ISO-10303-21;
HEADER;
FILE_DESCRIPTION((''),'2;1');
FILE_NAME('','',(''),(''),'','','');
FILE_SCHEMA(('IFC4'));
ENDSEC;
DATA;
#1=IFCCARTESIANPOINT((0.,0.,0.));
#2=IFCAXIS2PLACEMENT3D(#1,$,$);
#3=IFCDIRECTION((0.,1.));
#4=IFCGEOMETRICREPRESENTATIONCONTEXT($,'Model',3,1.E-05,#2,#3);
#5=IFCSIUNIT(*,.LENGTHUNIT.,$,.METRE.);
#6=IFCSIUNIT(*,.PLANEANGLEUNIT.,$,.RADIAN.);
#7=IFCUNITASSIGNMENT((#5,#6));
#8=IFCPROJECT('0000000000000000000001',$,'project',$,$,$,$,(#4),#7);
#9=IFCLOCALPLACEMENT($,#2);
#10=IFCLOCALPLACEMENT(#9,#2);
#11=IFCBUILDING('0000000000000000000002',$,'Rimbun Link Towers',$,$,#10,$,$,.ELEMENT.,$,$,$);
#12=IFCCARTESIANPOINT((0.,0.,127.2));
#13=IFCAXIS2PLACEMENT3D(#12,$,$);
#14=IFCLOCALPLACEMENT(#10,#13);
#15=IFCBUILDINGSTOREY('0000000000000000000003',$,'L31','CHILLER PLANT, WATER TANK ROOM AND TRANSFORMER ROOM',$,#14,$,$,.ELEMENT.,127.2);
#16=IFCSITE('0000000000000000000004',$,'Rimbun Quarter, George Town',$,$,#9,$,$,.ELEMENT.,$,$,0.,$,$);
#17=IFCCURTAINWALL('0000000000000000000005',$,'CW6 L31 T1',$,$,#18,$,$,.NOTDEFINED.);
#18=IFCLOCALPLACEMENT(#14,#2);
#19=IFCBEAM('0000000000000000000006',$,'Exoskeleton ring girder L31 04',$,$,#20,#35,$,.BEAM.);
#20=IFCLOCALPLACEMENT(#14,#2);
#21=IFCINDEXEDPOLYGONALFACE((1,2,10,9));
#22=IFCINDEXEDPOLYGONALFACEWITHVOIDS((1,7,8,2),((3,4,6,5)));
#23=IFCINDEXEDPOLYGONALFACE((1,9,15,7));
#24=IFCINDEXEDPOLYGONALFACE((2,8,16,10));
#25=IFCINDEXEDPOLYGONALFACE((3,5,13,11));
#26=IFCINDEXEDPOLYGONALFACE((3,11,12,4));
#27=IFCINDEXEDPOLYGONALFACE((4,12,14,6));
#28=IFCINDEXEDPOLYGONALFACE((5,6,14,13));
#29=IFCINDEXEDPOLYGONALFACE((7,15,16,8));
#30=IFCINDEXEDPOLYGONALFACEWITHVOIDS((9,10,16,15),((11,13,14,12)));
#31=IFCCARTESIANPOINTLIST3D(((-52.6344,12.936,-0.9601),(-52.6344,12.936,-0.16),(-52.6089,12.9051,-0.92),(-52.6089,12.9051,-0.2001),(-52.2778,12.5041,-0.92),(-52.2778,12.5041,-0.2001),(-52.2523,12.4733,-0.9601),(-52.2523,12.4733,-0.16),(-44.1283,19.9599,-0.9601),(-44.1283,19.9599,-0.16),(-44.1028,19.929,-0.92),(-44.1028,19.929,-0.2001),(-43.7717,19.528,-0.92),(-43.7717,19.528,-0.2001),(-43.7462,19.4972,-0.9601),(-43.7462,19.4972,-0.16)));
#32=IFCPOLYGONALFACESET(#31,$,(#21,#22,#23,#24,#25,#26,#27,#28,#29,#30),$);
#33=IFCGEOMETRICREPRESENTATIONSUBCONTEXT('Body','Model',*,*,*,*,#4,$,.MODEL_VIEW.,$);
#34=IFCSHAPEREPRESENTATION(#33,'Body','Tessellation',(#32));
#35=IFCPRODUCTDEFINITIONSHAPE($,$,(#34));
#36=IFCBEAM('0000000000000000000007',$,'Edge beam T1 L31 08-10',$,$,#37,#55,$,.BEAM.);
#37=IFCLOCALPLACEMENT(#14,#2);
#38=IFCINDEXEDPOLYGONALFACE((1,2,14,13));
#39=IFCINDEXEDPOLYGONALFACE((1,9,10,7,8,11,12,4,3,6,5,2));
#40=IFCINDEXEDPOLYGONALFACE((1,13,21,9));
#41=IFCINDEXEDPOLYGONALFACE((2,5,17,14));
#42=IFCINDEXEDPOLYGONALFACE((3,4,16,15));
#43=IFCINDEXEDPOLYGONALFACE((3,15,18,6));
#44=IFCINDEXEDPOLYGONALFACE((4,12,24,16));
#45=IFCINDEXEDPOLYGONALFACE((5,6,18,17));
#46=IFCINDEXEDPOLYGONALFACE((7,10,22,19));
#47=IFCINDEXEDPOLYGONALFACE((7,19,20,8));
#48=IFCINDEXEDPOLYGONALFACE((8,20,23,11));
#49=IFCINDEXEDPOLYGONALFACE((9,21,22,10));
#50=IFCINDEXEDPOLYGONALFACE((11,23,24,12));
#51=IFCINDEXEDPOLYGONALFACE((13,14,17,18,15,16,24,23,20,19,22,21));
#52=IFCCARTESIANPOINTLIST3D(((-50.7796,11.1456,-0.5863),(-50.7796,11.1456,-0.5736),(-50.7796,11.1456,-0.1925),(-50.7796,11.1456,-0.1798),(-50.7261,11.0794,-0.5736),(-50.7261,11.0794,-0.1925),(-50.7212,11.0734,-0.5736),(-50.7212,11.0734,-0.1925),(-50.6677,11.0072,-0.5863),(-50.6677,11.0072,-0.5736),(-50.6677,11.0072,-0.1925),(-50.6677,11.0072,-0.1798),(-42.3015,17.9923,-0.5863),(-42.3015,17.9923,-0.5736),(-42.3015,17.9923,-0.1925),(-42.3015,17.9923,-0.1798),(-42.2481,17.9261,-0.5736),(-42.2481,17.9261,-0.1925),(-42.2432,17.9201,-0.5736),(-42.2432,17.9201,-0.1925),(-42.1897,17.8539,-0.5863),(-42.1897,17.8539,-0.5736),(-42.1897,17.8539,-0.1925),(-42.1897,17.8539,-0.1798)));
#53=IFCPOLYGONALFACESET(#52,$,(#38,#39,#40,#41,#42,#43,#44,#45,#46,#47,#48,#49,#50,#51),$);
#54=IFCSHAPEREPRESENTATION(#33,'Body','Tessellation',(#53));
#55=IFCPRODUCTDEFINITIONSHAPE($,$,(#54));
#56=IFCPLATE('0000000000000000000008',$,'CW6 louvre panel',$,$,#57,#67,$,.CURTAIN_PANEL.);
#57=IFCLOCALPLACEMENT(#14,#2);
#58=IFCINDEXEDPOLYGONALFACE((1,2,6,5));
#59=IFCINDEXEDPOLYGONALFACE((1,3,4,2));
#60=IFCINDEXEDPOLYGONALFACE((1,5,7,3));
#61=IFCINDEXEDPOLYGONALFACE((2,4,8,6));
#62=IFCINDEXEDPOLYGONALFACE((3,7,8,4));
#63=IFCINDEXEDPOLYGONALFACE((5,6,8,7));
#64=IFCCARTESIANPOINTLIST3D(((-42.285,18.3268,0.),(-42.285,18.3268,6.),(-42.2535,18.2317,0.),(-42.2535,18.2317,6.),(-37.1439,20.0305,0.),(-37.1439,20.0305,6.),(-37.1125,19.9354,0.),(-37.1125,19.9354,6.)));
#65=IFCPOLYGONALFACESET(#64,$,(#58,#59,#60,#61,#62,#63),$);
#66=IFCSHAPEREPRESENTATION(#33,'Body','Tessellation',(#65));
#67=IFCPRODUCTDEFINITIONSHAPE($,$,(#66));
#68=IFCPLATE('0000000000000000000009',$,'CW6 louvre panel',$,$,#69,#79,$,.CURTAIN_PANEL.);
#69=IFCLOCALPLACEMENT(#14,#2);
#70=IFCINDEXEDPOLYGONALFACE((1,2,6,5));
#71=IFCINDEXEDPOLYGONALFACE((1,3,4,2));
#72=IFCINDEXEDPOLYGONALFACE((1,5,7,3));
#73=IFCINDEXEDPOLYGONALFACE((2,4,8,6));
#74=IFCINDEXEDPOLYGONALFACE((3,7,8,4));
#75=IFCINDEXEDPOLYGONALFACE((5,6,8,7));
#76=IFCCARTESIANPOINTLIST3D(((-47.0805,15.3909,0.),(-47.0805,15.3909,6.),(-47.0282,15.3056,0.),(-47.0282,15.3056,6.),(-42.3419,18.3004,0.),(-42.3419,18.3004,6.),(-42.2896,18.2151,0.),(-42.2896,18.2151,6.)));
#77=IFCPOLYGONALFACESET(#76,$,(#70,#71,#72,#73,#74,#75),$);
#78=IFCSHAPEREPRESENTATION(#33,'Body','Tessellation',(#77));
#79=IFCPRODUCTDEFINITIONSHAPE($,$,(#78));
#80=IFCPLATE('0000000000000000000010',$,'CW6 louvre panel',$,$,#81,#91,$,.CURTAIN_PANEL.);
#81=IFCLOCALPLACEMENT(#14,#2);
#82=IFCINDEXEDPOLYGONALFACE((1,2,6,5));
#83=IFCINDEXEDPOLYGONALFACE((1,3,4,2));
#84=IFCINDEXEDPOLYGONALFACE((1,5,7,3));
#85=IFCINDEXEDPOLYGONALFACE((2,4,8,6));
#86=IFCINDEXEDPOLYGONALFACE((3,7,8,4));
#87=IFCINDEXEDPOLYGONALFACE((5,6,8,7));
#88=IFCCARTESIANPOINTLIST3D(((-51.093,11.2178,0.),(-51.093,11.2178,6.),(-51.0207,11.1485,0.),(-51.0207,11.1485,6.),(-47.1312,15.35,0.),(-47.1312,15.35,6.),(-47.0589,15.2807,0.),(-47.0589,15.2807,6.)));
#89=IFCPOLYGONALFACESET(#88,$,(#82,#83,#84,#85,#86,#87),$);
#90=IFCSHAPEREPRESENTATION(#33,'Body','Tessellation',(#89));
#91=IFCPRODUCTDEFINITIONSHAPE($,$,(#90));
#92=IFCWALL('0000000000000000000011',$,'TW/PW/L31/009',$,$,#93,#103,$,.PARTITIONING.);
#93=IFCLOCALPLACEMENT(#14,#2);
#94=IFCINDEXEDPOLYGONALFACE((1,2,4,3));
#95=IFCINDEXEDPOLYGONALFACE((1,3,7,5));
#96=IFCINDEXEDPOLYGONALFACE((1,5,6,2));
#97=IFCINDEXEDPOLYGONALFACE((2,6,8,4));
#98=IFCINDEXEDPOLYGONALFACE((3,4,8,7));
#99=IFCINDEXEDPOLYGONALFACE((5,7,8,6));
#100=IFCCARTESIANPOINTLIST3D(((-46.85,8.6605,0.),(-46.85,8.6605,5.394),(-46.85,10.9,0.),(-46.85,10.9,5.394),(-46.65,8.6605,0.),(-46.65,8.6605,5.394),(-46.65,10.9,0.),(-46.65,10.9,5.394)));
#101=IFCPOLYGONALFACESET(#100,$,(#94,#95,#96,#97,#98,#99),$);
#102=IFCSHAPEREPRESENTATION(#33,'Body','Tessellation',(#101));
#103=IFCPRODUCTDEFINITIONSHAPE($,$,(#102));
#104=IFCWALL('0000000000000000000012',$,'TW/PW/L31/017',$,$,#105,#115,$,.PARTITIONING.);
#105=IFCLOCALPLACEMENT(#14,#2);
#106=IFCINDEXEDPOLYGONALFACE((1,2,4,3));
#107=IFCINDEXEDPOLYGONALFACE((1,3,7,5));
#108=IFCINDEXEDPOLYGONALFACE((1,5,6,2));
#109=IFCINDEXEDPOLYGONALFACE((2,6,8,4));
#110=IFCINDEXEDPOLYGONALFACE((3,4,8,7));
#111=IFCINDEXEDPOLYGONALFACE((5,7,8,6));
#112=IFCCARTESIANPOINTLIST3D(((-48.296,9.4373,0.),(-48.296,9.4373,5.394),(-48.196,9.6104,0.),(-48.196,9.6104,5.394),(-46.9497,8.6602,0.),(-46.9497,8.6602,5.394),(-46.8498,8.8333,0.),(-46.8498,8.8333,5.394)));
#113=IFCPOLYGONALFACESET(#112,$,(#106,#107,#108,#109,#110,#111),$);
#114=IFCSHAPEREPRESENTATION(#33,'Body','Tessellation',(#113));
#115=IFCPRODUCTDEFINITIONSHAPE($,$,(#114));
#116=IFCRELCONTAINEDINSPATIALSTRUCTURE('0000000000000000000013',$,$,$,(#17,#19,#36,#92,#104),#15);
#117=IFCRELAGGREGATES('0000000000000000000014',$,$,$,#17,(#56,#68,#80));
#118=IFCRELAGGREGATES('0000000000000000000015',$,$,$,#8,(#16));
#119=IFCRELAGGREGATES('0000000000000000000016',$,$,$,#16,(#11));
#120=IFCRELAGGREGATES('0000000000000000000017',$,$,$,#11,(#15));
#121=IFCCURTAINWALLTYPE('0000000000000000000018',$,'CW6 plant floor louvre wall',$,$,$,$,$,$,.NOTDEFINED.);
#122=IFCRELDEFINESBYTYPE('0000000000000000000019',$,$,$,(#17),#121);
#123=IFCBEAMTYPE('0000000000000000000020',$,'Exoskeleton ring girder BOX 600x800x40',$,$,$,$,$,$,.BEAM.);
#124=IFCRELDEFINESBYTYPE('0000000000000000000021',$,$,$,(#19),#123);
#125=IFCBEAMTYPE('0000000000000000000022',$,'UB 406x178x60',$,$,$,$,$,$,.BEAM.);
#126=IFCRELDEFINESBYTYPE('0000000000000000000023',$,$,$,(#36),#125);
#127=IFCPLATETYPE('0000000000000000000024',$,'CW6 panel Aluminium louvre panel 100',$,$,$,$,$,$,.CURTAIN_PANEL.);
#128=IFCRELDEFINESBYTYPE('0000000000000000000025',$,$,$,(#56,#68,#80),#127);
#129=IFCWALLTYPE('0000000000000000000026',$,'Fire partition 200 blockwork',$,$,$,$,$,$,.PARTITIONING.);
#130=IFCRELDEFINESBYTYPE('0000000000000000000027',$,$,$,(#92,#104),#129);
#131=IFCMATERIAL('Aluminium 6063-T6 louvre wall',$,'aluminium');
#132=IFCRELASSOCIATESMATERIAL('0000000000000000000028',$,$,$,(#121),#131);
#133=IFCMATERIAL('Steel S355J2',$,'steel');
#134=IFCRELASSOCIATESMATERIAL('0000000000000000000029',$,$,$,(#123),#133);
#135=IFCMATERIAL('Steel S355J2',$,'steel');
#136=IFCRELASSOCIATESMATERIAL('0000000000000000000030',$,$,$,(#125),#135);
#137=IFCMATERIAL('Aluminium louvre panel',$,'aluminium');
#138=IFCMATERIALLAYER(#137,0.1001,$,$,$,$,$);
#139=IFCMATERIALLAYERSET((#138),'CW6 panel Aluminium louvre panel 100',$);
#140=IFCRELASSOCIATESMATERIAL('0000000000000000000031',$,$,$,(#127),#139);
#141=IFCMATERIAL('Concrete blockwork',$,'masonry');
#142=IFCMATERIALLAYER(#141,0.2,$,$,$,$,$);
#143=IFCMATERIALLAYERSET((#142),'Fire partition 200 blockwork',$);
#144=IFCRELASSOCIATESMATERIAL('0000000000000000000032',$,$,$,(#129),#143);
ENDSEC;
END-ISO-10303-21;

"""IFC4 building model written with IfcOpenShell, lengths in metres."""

from ifc_helpers import new_model, si_unit, direction, frame, frame_2d, origin, origin_2d, place, context, subcontext, project, spatial, rectangle, hollow_rectangle, i_section, extrude, material, layer, layer_set, material_profile, profile_set, type_object, element, aggregate, save


model = new_model("IFC4")

# Units and contexts
model_context = context("Model", 3, precision=1e-05, world=origin(), true_north=direction((0.0, 1.0)))
body_context = subcontext(model_context, "Body", "Model", "MODEL_VIEW")
ifc_project = project(units=[si_unit("LENGTHUNIT", "METRE"), si_unit("PLANEANGLEUNIT", "RADIAN")], contexts=[model_context])

# Site, building, storey
site_placement = place(None, origin())
site = spatial("IfcSite", under=ifc_project, at=site_placement, Name="Rimbun Quarter, George Town", CompositionType="ELEMENT", RefElevation=0.0)
building_placement = place(site_placement, origin())
building = spatial("IfcBuilding", under=site, at=building_placement, Name="Rimbun Link Towers", CompositionType="ELEMENT")
storey_placement = place(building_placement, frame((0.0, 0.0, 127.2)))
storey = spatial("IfcBuildingStorey", under=building, at=storey_placement, Name="L31", Description="CHILLER PLANT, WATER TANK ROOM AND TRANSFORMER ROOM", CompositionType="ELEMENT", Elevation=127.2)

# Curtain wall
ifc_material_1 = material(Name="Aluminium 6063-T6 louvre wall", Category="aluminium")
curtain_wall_type = type_object("IfcCurtainWallType", Name="CW6 plant floor louvre wall", PredefinedType="NOTDEFINED", material=ifc_material_1)
curtain_wall_placement = place(storey_placement, origin())
curtain_wall = element("IfcCurtainWall", 1, at=curtain_wall_placement, inside=storey, type_object=curtain_wall_type, Name="CW6 L31 T1", PredefinedType="NOTDEFINED")

# Beams
ifc_material_2 = material(Name="Steel S355J2", Category="steel")
ifc_material_profile_1 = material_profile(ifc_material_2, hollow_rectangle(XDim=0.6001, YDim=0.8, WallThickness=0.04, at=origin_2d()), Name="Exoskeleton ring girder BOX 600x800x40")
ifc_profile_set_1 = profile_set([ifc_material_profile_1], Name="Steel S355J2")
beam_type_1 = type_object("IfcBeamType", Name="Exoskeleton ring girder BOX 600x800x40", PredefinedType="BEAM", material=ifc_profile_set_1)
beam_1_placement = place(storey_placement, frame((-43.9373, 19.7285, -0.5601), z_axis=(-0.771089, -0.636728, 0.0), x_axis=(0.636728, -0.771089, 0.0)))
element("IfcBeam", 2, at=beam_1_placement, inside=storey, type_object=beam_type_1, Name="Exoskeleton ring girder L31 04", PredefinedType="BEAM", context=body_context, shape_type="SweptSolid", body=[
    extrude(hollow_rectangle(XDim=0.6001, YDim=0.8, WallThickness=0.04, at=origin_2d()), origin(), (0.0, 0.0, 1.0), 11.0312),
])
ifc_material_3 = material(Name="Steel S355J2", Category="steel")
ifc_material_profile_2 = material_profile(ifc_material_3, i_section(OverallWidth=0.178, OverallDepth=0.4065, WebThickness=0.0078, FlangeThickness=0.0127, at=origin_2d()), Name="UB 406x178x60")
ifc_profile_set_2 = profile_set([ifc_material_profile_2], Name="Steel S355J2")
beam_type_2 = type_object("IfcBeamType", Name="UB 406x178x60", PredefinedType="BEAM", material=ifc_profile_set_2)
beam_2_placement = place(storey_placement, frame((-42.2456, 17.9231, -0.3831), z_axis=(-0.777984, -0.628284, 0.0), x_axis=(0.628284, -0.777984, 0.0)))
element("IfcBeam", 3, at=beam_2_placement, inside=storey, type_object=beam_type_2, Name="Edge beam T1 L31 08-10", PredefinedType="BEAM", context=body_context, shape_type="SweptSolid", body=[
    extrude(i_section(OverallWidth=0.178, OverallDepth=0.4065, WebThickness=0.0078, FlangeThickness=0.0127, at=origin_2d()), origin(), (0.0, 0.0, 1.0), 10.8975),
])

# Plates
ifc_material_4 = material(Name="Aluminium louvre panel", Category="aluminium")
ifc_layer_1 = layer(ifc_material_4, 0.1001)
ifc_layer_set_1 = layer_set([ifc_layer_1], Name="CW6 panel Aluminium louvre panel 100")
plate_type = type_object("IfcPlateType", Name="CW6 panel Aluminium louvre panel 100", PredefinedType="CURTAIN_PANEL", material=ifc_layer_set_1)
plate_1_placement = place(storey_placement, frame((-39.6987, 19.1311, 0.0), z_axis=(0.0, 0.0, 1.0), x_axis=(0.949235, 0.314567, 0.0)))
plate_1 = element("IfcPlate", 4, at=plate_1_placement, type_object=plate_type, Name="CW6 louvre panel", PredefinedType="CURTAIN_PANEL", context=body_context, shape_type="SweptSolid", body=[
    extrude(rectangle(XDim=5.416, YDim=0.1001, at=origin_2d()), origin(), (0.0, 0.0, 1.0), 6.0),
])
plate_2_placement = place(storey_placement, frame((-44.6851, 16.803, 0.0), z_axis=(0.0, 0.0, 1.0), x_axis=(0.852183, 0.523244, 0.0)))
plate_2 = element("IfcPlate", 5, at=plate_2_placement, type_object=plate_type, Name="CW6 louvre panel", PredefinedType="CURTAIN_PANEL", context=body_context, shape_type="SweptSolid", body=[
    extrude(rectangle(XDim=5.5605, YDim=0.1001, at=origin_2d()), origin(), (0.0, 0.0, 1.0), 6.0),
])
plate_3_placement = place(storey_placement, frame((-49.0759, 13.2493, 0.0), z_axis=(0.0, 0.0, 1.0), x_axis=(0.692066, 0.721834, 0.0)))
plate_3 = element("IfcPlate", 6, at=plate_3_placement, type_object=plate_type, Name="CW6 louvre panel", PredefinedType="CURTAIN_PANEL", context=body_context, shape_type="SweptSolid", body=[
    extrude(rectangle(XDim=5.7246, YDim=0.1001, at=origin_2d()), origin(), (0.0, 0.0, 1.0), 6.0),
])
aggregate(curtain_wall, [plate_1, plate_2, plate_3])

# Walls
ifc_material_5 = material(Name="Concrete blockwork", Category="masonry")
ifc_layer_2 = layer(ifc_material_5, 0.2)
ifc_layer_set_2 = layer_set([ifc_layer_2], Name="Fire partition 200 blockwork")
wall_type = type_object("IfcWallType", Name="Fire partition 200 blockwork", PredefinedType="PARTITIONING", material=ifc_layer_set_2)
wall_1_placement = place(storey_placement, frame((-46.75, 10.8999, 0.0), z_axis=(0.0, 0.0, 1.0), x_axis=(0.0, -1.0, 0.0)))
element("IfcWall", 7, at=wall_1_placement, inside=storey, type_object=wall_type, Name="TW/PW/L31/009", PredefinedType="PARTITIONING", context=body_context, shape_type="SweptSolid", body=[
    extrude(rectangle(XDim=2.2395, YDim=0.2, at=frame_2d((1.1196, 0.0))), origin(), (0.0, 0.0, 1.0), 5.394),
])
wall_2_placement = place(storey_placement, frame((-48.2461, 9.5239, 0.0), z_axis=(0.0, 0.0, 1.0), x_axis=(0.86606, -0.49994, 0.0)))
element("IfcWall", 8, at=wall_2_placement, inside=storey, type_object=wall_type, Name="TW/PW/L31/017", PredefinedType="PARTITIONING", context=body_context, shape_type="SweptSolid", body=[
    extrude(rectangle(XDim=1.5544, YDim=0.2, at=frame_2d((0.7773, 0.0))), origin(), (0.0, 0.0, 1.0), 5.394),
])

save(model, "model.ifc")
